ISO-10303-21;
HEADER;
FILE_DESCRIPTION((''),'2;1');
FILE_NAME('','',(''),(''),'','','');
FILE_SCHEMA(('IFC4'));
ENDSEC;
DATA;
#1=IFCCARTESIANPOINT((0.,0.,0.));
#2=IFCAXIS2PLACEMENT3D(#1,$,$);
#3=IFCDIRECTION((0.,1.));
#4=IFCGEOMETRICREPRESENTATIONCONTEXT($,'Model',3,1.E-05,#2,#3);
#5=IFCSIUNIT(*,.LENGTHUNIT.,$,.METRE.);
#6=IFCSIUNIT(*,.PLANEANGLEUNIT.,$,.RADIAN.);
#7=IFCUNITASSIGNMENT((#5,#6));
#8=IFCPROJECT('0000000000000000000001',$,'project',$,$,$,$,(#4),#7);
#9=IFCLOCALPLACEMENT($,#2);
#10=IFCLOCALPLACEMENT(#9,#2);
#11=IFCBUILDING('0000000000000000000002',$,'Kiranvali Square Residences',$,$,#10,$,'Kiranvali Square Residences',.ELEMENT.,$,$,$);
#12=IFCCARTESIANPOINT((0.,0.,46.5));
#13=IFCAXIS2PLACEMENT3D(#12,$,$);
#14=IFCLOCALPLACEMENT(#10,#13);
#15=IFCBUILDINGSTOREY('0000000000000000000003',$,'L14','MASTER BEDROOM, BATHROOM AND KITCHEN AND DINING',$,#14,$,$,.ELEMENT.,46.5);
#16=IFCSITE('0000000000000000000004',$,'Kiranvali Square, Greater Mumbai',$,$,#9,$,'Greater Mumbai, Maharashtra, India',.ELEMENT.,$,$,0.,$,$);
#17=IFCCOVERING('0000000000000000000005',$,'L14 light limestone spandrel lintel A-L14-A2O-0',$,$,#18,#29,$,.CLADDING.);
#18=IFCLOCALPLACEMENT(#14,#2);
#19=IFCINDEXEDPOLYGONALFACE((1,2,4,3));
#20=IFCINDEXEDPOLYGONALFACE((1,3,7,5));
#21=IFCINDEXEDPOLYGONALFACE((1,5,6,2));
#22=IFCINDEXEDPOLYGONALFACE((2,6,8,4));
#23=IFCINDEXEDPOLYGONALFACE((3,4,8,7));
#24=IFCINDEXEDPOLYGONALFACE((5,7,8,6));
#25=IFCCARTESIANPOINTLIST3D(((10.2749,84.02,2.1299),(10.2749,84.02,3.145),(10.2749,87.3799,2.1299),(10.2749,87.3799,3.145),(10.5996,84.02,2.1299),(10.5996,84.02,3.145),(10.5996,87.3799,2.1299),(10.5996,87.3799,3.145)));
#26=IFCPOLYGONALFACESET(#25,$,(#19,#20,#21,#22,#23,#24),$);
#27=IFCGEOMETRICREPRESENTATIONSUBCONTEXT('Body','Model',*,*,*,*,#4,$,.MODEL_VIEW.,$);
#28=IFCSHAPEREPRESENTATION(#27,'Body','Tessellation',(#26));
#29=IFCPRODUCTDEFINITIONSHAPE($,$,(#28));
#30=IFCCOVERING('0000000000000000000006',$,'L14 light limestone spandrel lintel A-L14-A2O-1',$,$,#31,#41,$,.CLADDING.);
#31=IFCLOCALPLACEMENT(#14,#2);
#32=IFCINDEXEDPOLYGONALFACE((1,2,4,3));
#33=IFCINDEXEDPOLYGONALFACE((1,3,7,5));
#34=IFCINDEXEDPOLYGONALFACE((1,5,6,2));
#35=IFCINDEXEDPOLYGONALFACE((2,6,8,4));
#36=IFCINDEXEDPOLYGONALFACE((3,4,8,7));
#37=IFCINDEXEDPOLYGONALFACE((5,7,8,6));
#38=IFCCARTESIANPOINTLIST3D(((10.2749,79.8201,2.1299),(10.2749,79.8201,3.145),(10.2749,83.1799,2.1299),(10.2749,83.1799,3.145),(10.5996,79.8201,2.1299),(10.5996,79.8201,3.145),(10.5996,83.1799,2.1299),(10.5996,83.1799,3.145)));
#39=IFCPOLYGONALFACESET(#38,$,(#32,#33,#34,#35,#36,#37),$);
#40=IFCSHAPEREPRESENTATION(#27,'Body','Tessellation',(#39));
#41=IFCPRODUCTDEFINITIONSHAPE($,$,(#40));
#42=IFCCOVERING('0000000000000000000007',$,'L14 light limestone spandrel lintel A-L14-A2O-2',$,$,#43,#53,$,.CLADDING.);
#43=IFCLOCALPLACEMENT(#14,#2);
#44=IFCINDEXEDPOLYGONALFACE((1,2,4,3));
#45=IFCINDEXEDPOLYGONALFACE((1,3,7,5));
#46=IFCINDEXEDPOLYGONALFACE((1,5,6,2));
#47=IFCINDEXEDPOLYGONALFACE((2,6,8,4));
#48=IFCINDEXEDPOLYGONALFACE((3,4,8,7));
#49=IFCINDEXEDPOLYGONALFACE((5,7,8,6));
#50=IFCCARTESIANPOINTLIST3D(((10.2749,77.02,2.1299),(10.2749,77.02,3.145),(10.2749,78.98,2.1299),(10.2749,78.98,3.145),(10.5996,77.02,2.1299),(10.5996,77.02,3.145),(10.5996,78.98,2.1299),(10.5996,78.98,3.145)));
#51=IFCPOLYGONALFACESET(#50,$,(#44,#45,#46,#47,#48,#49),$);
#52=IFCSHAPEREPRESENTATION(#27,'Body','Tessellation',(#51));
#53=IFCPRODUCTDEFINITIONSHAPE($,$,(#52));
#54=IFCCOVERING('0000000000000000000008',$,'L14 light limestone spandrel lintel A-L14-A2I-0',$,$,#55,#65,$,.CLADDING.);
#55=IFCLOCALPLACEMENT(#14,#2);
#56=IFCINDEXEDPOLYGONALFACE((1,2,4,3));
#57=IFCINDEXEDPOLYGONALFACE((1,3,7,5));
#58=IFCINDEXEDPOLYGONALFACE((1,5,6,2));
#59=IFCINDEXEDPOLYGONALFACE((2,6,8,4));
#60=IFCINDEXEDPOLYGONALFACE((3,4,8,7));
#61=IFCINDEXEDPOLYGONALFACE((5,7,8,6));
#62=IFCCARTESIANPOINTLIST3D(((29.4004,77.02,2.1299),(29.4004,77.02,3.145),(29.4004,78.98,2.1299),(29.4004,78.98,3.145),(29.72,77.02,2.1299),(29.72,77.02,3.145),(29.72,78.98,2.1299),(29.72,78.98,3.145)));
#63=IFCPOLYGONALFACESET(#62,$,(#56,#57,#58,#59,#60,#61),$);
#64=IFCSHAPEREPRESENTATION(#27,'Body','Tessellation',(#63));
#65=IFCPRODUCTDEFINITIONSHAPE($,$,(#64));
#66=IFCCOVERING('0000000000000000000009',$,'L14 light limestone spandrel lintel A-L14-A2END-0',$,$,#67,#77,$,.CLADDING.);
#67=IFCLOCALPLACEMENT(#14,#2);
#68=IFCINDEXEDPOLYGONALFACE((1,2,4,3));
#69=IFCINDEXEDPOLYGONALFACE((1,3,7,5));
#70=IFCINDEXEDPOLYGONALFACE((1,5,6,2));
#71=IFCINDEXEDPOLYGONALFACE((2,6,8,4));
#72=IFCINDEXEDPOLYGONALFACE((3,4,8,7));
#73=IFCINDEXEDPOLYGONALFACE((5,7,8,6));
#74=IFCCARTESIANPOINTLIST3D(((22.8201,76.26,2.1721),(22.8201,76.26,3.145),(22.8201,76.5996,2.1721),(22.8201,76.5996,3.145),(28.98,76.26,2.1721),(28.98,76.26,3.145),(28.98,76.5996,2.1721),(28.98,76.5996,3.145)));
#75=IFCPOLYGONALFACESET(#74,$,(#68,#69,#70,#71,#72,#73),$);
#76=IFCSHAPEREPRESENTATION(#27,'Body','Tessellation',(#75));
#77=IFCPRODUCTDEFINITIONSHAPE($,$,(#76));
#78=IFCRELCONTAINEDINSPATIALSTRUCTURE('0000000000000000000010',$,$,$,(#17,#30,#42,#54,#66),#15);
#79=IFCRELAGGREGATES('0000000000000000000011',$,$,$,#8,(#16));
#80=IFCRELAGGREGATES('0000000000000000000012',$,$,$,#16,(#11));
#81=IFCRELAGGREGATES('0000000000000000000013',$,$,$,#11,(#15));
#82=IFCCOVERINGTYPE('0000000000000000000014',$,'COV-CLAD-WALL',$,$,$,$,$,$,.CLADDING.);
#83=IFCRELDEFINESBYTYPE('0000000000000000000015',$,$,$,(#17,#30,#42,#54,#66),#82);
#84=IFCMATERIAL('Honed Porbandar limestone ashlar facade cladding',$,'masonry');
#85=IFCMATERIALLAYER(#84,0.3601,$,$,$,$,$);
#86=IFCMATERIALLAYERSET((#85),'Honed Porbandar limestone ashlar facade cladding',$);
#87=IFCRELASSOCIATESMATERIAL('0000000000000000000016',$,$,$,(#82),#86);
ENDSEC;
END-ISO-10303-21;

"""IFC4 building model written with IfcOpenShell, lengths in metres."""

from ifc_helpers import new_model, si_unit, direction, frame, origin, place, context, subcontext, project, spatial, polyline, outline, extrude, material, layer, layer_set, type_object, element, save


model = new_model("IFC4")

# Units and contexts
model_context = context("Model", 3, precision=1e-05, world=origin(), true_north=direction((0.0, 1.0)))
body_context = subcontext(model_context, "Body", "Model", "MODEL_VIEW")
ifc_project = project(units=[si_unit("LENGTHUNIT", "METRE"), si_unit("PLANEANGLEUNIT", "RADIAN")], contexts=[model_context])

# Site, building, storey
site_placement = place(None, origin())
site = spatial("IfcSite", under=ifc_project, at=site_placement, Name="Kiranvali Square, Greater Mumbai", LongName="Greater Mumbai, Maharashtra, India", CompositionType="ELEMENT", RefElevation=0.0)
building_placement = place(site_placement, origin())
building = spatial("IfcBuilding", under=site, at=building_placement, Name="Kiranvali Square Residences", LongName="Kiranvali Square Residences", CompositionType="ELEMENT")
storey_placement = place(building_placement, frame((0.0, 0.0, 46.5)))
storey = spatial("IfcBuildingStorey", under=building, at=storey_placement, Name="L14", Description="MASTER BEDROOM, BATHROOM AND KITCHEN AND DINING", CompositionType="ELEMENT", Elevation=46.5)

# Coverings
ifc_material = material(Name="Honed Porbandar limestone ashlar facade cladding", Category="masonry")
ifc_layer = layer(ifc_material, 0.3601)
ifc_layer_set = layer_set([ifc_layer], Name="Honed Porbandar limestone ashlar facade cladding")
covering_type = type_object("IfcCoveringType", Name="COV-CLAD-WALL", PredefinedType="CLADDING", material=ifc_layer_set)
covering_1_placement = place(storey_placement, frame((0.0, 0.0, 2.1299)))
element("IfcCovering", 1, at=covering_1_placement, inside=storey, type_object=covering_type, Name="L14 light limestone spandrel lintel A-L14-A2O-0", PredefinedType="CLADDING", context=body_context, shape_type="SweptSolid", body=[
    extrude(outline(polyline([(10.2749, 87.3799), (10.2749, 84.02), (10.5996, 84.02), (10.5996, 87.3799), (10.2749, 87.3799)])), origin(), (0.0, 0.0, 1.0), 1.0151),
])
covering_2_placement = place(storey_placement, frame((0.0, 0.0, 2.1299)))
element("IfcCovering", 2, at=covering_2_placement, inside=storey, type_object=covering_type, Name="L14 light limestone spandrel lintel A-L14-A2O-1", PredefinedType="CLADDING", context=body_context, shape_type="SweptSolid", body=[
    extrude(outline(polyline([(10.2749, 83.1799), (10.2749, 79.8201), (10.5996, 79.8201), (10.5996, 83.1799), (10.2749, 83.1799)])), origin(), (0.0, 0.0, 1.0), 1.0151),
])
covering_3_placement = place(storey_placement, frame((0.0, 0.0, 2.1299)))
element("IfcCovering", 3, at=covering_3_placement, inside=storey, type_object=covering_type, Name="L14 light limestone spandrel lintel A-L14-A2O-2", PredefinedType="CLADDING", context=body_context, shape_type="SweptSolid", body=[
    extrude(outline(polyline([(10.2749, 78.98), (10.2749, 77.02), (10.5996, 77.02), (10.5996, 78.98), (10.2749, 78.98)])), origin(), (0.0, 0.0, 1.0), 1.0151),
])
covering_4_placement = place(storey_placement, frame((0.0, 0.0, 2.1299)))
element("IfcCovering", 4, at=covering_4_placement, inside=storey, type_object=covering_type, Name="L14 light limestone spandrel lintel A-L14-A2I-0", PredefinedType="CLADDING", context=body_context, shape_type="SweptSolid", body=[
    extrude(outline(polyline([(29.4004, 78.98), (29.4004, 77.02), (29.72, 77.02), (29.72, 78.98), (29.4004, 78.98)])), origin(), (0.0, 0.0, 1.0), 1.0151),
])
covering_5_placement = place(storey_placement, frame((0.0, 0.0, 2.1721)))
element("IfcCovering", 5, at=covering_5_placement, inside=storey, type_object=covering_type, Name="L14 light limestone spandrel lintel A-L14-A2END-0", PredefinedType="CLADDING", context=body_context, shape_type="SweptSolid", body=[
    extrude(outline(polyline([(28.98, 76.5996), (22.8201, 76.5996), (22.8201, 76.26), (28.98, 76.26), (28.98, 76.5996)])), origin(), (0.0, 0.0, 1.0), 0.9729),
])

save(model, "model.ifc")
